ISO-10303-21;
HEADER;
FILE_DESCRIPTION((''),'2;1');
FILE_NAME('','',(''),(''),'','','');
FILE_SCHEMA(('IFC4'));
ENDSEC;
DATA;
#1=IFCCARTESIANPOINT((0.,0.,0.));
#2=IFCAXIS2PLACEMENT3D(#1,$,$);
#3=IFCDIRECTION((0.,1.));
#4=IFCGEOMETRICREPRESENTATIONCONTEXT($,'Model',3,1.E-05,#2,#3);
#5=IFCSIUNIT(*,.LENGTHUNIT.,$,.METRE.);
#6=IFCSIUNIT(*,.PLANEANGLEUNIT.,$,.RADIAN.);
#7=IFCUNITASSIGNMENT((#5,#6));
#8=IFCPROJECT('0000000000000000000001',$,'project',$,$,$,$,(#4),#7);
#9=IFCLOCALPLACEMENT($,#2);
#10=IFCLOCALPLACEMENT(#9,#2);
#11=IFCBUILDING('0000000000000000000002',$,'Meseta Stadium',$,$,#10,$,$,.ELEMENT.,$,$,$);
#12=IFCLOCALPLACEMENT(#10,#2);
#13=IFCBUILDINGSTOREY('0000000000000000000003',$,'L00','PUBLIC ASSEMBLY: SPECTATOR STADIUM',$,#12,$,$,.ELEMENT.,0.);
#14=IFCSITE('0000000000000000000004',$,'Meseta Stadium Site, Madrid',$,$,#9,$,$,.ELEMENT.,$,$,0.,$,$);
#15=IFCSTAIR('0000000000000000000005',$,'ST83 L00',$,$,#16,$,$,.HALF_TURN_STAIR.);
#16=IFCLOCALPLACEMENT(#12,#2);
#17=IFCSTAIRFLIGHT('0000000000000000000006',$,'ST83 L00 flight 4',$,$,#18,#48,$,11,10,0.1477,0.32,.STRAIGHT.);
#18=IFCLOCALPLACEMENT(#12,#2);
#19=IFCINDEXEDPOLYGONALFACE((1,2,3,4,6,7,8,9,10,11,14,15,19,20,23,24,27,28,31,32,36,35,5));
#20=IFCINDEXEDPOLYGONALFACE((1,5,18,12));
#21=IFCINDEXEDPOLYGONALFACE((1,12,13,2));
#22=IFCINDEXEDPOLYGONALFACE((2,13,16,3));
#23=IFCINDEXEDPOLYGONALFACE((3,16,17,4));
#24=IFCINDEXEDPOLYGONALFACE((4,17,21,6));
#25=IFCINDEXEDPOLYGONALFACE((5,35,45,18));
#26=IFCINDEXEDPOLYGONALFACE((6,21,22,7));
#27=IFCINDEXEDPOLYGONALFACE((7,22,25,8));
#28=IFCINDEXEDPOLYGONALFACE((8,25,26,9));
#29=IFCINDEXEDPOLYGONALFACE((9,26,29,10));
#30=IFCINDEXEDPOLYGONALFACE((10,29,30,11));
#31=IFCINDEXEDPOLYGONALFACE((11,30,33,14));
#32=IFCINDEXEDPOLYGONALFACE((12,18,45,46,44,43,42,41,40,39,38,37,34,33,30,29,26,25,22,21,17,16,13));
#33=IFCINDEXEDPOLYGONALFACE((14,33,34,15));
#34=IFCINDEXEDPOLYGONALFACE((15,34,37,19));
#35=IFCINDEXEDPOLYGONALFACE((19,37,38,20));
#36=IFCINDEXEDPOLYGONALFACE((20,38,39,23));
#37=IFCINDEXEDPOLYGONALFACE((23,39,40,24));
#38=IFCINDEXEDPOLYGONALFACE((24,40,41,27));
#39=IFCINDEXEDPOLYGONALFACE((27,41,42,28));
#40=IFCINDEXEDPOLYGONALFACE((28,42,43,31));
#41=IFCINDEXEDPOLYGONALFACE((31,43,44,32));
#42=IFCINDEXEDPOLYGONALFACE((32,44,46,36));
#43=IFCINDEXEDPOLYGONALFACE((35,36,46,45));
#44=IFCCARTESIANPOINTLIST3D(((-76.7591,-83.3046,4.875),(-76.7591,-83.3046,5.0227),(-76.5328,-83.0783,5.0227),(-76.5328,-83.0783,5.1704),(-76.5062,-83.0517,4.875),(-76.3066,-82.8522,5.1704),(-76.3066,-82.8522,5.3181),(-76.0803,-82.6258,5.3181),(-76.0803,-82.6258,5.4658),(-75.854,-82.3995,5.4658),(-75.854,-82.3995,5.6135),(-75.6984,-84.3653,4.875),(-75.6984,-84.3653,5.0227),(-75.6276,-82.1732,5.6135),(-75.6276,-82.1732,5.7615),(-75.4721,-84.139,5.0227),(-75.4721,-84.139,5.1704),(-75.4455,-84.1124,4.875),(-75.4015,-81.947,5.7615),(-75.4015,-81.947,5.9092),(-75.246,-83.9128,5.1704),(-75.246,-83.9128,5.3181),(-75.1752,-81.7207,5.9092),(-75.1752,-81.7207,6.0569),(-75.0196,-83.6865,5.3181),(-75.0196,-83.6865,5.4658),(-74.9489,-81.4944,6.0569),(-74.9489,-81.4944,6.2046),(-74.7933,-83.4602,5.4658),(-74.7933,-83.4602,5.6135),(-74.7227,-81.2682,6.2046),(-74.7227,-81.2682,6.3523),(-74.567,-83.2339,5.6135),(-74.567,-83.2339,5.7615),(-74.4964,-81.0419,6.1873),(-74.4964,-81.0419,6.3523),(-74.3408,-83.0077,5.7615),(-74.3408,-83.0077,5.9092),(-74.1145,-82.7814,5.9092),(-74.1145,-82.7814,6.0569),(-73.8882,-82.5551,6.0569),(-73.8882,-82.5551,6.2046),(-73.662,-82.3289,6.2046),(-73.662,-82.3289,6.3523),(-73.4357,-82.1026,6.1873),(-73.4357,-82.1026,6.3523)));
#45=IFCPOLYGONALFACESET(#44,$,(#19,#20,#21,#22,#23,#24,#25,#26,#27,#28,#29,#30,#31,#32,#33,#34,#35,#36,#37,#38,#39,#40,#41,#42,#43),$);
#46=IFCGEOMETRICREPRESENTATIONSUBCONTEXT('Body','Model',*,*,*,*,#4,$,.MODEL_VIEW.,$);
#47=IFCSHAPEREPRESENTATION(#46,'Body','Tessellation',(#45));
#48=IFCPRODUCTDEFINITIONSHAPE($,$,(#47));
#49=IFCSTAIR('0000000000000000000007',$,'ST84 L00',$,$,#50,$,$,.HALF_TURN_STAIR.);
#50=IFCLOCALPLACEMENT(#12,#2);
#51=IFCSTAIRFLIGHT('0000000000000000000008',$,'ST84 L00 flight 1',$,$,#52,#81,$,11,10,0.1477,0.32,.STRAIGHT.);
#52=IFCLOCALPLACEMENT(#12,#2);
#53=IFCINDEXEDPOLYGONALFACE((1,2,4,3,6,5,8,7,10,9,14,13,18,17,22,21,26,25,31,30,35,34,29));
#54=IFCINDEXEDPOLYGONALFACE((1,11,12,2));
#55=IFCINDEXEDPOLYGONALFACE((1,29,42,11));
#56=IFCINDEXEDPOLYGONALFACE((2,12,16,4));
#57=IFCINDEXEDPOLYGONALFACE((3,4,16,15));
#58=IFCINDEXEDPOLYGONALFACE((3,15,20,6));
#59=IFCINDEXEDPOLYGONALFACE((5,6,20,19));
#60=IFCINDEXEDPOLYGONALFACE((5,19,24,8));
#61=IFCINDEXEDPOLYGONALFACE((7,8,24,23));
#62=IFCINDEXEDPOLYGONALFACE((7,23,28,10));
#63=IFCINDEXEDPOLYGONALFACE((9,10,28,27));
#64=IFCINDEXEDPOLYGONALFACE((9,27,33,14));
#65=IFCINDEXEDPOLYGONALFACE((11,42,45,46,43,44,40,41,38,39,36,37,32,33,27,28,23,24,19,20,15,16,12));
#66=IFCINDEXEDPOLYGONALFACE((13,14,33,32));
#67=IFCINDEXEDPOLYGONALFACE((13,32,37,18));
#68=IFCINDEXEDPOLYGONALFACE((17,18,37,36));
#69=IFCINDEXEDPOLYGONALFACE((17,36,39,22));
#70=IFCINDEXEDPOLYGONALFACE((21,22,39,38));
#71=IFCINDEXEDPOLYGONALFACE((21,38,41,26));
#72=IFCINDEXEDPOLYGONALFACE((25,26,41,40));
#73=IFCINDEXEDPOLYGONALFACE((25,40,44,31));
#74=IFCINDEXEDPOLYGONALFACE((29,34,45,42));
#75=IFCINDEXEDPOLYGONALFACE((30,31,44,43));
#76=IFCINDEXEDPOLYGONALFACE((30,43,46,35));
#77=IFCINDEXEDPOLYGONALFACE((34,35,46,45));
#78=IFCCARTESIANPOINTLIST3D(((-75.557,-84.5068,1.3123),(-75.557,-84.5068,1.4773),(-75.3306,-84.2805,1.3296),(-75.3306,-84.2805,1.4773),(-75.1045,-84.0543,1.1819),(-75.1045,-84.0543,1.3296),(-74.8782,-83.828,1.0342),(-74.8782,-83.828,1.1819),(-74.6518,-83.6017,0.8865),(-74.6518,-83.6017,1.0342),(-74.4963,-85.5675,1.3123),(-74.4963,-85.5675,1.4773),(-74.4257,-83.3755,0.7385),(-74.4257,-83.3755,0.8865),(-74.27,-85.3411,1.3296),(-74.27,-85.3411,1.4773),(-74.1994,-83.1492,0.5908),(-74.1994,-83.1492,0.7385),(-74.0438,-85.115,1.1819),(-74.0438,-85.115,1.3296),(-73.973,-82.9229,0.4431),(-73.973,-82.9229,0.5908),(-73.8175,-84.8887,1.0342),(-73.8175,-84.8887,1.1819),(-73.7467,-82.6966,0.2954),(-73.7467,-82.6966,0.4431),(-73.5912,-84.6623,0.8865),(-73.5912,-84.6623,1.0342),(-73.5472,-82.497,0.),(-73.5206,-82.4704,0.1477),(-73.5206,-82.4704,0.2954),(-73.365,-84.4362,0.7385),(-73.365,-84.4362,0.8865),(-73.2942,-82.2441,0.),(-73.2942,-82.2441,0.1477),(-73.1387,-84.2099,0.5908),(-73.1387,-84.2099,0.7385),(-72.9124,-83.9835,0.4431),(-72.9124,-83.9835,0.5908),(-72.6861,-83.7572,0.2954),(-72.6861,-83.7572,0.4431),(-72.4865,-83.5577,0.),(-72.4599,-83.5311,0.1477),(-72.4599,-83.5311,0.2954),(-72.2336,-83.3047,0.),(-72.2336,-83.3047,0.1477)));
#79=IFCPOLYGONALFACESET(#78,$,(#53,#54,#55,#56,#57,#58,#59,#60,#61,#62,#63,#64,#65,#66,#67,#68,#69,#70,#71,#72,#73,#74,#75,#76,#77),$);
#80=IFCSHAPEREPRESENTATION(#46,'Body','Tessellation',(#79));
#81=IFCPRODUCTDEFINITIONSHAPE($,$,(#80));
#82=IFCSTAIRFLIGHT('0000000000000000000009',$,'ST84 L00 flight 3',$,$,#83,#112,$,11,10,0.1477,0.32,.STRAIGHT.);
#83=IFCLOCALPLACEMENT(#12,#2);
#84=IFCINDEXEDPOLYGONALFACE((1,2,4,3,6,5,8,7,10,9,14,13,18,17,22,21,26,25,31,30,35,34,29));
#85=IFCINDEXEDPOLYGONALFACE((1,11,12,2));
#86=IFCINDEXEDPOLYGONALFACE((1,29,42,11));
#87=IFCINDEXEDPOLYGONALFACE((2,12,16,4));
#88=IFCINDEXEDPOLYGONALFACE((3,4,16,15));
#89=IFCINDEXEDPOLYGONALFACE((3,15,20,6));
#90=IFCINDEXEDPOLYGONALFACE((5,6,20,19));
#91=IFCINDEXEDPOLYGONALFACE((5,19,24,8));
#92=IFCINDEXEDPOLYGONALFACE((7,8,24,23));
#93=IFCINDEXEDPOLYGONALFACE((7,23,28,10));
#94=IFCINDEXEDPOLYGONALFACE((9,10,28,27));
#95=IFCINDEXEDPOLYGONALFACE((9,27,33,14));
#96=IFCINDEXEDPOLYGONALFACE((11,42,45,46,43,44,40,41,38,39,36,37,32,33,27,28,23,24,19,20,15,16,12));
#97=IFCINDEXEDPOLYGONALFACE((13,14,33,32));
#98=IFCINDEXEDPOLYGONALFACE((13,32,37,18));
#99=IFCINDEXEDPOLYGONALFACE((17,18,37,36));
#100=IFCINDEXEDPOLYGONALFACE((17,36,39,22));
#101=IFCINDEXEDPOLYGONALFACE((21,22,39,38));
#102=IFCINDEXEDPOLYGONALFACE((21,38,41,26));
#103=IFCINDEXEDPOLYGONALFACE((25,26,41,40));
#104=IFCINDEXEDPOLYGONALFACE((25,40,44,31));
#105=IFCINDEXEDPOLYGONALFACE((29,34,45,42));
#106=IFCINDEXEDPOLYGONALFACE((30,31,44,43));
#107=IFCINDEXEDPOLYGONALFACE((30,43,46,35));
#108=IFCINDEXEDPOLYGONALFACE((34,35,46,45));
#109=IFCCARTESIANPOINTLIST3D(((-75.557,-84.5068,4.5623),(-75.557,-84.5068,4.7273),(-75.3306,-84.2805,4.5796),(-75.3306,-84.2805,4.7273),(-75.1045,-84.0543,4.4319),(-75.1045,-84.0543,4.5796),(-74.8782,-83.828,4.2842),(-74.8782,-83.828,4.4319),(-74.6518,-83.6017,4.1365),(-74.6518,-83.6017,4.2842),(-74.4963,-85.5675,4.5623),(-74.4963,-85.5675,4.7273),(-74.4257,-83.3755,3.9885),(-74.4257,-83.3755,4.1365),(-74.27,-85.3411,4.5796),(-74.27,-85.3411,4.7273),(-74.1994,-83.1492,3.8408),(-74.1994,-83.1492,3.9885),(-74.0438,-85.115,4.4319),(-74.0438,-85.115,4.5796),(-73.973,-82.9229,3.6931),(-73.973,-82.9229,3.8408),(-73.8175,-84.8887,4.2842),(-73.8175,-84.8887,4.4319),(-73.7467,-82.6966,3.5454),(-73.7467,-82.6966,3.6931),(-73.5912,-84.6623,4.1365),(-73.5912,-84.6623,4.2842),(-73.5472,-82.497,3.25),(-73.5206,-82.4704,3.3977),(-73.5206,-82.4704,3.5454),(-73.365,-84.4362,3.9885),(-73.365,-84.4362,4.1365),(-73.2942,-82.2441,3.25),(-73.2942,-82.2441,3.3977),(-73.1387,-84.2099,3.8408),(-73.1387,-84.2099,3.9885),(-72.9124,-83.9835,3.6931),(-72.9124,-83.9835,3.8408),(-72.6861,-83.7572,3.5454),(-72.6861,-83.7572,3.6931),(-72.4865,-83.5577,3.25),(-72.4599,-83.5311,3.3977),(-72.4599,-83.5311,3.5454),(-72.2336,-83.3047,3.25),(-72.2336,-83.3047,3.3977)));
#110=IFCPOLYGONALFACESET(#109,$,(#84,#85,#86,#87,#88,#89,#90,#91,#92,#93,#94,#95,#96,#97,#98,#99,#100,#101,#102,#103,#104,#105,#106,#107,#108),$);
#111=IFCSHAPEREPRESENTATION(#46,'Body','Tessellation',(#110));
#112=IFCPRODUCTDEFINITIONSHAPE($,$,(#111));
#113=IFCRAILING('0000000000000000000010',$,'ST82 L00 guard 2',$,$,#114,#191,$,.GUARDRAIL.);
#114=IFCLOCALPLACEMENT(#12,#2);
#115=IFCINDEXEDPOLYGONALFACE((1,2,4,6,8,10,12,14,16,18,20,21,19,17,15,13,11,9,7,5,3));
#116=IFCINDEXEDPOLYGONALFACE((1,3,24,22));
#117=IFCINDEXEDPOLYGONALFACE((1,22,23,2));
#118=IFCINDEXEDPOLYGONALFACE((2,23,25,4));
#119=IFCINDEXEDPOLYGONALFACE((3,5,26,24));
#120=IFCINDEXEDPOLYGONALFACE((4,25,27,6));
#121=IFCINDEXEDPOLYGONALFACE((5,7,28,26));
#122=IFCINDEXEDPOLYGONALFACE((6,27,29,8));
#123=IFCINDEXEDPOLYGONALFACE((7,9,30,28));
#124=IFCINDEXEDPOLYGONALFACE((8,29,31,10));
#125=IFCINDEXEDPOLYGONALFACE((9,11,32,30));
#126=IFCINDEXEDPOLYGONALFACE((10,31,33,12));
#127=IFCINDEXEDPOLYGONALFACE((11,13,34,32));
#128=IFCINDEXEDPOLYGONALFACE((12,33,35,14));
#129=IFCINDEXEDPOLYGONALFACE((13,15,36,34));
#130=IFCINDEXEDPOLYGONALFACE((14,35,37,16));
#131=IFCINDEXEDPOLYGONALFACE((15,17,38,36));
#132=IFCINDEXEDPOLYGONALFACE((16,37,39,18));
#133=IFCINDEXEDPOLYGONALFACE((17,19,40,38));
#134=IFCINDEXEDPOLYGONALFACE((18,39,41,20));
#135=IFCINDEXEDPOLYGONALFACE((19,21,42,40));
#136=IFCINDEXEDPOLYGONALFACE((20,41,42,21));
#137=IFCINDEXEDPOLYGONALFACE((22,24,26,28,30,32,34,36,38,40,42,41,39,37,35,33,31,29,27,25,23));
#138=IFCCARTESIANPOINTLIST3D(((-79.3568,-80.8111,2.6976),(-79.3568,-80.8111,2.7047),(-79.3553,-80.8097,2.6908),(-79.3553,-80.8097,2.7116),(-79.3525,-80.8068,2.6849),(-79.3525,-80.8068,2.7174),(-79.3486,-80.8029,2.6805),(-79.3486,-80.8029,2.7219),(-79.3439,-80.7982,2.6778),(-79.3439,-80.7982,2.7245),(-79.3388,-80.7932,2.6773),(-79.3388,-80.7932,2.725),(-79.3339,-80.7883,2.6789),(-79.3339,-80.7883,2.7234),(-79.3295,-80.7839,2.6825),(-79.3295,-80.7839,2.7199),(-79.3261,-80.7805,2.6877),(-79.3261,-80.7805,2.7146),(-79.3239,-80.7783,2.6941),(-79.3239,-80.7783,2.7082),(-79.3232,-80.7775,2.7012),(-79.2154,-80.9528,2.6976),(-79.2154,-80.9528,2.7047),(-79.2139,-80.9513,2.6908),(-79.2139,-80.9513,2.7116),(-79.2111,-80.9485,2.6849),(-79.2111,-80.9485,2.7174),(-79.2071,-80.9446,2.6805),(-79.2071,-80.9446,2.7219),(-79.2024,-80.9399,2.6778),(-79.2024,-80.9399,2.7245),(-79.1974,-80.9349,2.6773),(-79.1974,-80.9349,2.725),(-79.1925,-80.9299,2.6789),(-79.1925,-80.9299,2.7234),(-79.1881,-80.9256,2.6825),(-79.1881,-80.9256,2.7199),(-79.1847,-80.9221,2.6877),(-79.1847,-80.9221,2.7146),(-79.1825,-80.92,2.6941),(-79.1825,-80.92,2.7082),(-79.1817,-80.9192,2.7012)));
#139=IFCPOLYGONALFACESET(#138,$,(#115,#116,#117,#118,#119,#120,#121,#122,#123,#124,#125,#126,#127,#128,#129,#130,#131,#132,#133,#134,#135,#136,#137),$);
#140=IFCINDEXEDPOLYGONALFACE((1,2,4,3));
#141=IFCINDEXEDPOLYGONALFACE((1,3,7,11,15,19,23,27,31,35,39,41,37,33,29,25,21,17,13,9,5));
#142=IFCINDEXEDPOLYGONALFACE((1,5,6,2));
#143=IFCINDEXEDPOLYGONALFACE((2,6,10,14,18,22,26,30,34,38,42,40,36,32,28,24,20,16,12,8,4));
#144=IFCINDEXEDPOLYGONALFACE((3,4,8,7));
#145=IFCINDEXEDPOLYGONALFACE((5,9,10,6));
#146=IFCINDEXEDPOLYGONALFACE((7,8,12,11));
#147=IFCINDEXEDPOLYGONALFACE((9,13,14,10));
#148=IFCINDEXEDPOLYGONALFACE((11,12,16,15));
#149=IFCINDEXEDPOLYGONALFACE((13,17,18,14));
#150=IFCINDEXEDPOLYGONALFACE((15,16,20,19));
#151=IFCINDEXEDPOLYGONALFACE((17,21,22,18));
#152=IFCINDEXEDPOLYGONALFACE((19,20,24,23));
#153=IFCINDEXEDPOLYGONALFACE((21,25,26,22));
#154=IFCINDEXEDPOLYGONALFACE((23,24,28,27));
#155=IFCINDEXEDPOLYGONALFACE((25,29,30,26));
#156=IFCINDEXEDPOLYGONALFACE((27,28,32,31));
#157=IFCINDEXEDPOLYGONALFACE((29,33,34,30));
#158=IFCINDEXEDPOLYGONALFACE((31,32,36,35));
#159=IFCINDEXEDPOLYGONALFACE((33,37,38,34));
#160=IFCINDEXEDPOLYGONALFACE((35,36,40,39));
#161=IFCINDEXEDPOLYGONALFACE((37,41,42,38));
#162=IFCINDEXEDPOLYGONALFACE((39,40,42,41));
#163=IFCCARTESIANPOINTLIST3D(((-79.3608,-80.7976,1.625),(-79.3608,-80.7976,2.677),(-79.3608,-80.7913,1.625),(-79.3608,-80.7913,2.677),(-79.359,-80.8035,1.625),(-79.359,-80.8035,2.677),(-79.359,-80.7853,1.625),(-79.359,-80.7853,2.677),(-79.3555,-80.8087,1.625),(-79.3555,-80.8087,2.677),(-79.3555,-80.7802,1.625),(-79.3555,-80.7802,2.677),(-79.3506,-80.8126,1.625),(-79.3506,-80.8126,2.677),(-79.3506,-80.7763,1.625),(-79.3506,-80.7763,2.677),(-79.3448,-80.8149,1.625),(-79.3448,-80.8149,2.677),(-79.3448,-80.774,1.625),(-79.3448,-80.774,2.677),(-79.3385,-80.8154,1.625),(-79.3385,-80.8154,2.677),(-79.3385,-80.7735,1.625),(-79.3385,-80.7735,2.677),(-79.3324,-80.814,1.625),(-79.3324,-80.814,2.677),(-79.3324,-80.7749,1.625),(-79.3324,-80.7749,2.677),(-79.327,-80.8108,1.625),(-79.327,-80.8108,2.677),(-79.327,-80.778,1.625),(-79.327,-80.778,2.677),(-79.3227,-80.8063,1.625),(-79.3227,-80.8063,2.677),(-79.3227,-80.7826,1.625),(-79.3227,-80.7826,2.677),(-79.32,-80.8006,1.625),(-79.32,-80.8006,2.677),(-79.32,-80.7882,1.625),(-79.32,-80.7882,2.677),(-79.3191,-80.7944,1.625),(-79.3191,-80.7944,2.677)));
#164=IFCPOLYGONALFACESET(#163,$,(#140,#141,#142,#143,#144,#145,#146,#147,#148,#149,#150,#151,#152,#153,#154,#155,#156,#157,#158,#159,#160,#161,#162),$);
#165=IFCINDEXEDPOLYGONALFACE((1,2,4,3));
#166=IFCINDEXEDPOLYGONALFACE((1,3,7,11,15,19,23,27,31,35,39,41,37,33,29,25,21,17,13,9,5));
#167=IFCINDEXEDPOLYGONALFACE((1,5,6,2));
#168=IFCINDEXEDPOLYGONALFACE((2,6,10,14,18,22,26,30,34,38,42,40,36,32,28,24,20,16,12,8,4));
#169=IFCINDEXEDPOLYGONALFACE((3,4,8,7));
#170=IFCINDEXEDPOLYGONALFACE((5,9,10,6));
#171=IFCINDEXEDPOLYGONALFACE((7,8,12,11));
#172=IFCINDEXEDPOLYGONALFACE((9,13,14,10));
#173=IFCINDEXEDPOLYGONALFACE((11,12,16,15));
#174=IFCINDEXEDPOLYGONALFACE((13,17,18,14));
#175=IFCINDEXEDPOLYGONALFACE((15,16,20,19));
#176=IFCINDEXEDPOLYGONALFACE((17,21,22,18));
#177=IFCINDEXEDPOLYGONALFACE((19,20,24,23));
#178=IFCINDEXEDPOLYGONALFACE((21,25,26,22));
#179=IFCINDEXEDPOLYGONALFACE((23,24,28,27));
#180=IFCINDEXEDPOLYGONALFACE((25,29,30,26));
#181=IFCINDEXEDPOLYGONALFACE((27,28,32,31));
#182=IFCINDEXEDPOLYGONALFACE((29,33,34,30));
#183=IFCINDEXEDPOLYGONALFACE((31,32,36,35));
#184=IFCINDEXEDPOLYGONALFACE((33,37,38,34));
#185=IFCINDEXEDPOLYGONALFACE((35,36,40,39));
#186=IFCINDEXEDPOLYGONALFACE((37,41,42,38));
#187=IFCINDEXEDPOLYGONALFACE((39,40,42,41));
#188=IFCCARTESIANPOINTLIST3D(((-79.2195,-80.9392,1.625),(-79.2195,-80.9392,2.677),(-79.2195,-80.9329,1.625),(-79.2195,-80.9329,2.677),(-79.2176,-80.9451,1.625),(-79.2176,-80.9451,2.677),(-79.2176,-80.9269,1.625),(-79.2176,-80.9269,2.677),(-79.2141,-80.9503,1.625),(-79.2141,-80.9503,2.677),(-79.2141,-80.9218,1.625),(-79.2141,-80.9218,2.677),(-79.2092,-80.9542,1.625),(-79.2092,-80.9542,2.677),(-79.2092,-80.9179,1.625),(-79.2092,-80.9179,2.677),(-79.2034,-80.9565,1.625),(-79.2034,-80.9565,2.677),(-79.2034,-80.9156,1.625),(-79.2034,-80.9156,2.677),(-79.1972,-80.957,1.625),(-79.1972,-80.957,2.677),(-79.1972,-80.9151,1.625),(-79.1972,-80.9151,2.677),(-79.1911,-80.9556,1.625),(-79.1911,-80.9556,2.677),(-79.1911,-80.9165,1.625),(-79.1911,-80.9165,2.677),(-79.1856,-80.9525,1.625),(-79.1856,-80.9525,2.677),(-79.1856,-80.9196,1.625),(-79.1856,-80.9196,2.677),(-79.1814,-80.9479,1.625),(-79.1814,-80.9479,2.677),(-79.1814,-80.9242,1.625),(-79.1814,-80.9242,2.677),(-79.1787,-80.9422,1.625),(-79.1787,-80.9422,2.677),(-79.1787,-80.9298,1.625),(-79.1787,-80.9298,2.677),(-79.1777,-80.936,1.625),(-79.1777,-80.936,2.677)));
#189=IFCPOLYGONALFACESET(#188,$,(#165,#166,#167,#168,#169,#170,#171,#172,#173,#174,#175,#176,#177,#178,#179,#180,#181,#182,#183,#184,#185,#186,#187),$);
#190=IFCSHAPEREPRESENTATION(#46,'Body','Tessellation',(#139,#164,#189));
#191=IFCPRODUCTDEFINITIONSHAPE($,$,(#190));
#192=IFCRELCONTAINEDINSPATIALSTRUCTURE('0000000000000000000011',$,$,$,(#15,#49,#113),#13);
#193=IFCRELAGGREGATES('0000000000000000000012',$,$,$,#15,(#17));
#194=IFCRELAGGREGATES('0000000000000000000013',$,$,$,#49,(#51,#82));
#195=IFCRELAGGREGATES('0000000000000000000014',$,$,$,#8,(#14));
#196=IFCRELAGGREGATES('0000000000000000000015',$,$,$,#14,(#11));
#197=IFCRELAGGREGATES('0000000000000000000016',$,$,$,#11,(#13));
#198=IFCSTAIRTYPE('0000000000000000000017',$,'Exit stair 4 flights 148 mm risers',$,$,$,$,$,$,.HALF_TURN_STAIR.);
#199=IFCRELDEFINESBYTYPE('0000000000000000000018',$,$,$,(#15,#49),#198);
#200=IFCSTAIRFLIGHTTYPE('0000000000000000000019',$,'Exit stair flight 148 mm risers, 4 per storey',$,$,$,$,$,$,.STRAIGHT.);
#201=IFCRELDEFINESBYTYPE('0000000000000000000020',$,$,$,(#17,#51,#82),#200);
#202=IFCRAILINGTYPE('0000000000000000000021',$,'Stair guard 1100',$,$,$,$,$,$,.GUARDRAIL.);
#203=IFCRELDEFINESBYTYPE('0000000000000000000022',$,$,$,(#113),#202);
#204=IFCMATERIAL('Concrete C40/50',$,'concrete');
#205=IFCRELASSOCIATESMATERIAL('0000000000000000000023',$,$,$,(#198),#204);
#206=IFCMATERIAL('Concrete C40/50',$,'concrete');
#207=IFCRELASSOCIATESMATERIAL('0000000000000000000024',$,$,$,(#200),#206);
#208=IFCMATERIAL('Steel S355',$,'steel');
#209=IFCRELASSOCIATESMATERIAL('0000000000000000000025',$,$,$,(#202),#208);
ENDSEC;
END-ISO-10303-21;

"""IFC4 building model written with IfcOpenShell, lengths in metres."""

from ifc_helpers import new_model, si_unit, direction, frame, origin, origin_2d, place, context, subcontext, project, spatial, polyline, circle, outline, extrude, material, type_object, element, aggregate, save


model = new_model("IFC4")

# Units and contexts
model_context = context("Model", 3, precision=1e-05, world=origin(), true_north=direction((0.0, 1.0)))
body_context = subcontext(model_context, "Body", "Model", "MODEL_VIEW")
ifc_project = project(units=[si_unit("LENGTHUNIT", "METRE"), si_unit("PLANEANGLEUNIT", "RADIAN")], contexts=[model_context])

# Site, building, storey
site_placement = place(None, origin())
site = spatial("IfcSite", under=ifc_project, at=site_placement, Name="Meseta Stadium Site, Madrid", CompositionType="ELEMENT", RefElevation=0.0)
building_placement = place(site_placement, origin())
building = spatial("IfcBuilding", under=site, at=building_placement, Name="Meseta Stadium", CompositionType="ELEMENT")
storey_placement = place(building_placement, origin())
storey = spatial("IfcBuildingStorey", under=building, at=storey_placement, Name="L00", Description="PUBLIC ASSEMBLY: SPECTATOR STADIUM", CompositionType="ELEMENT", Elevation=0.0)

# Stairs, stair flights
ifc_material_1 = material(Name="Concrete C40/50", Category="concrete")
stair_type = type_object("IfcStairType", Name="Exit stair 4 flights 148 mm risers", PredefinedType="HALF_TURN_STAIR", material=ifc_material_1)
ifc_material_2 = material(Name="Concrete C40/50", Category="concrete")
stair_flight_type = type_object("IfcStairFlightType", Name="Exit stair flight 148 mm risers, 4 per storey", PredefinedType="STRAIGHT", material=ifc_material_2)
stair_1_placement = place(storey_placement, origin())
stair_1 = element("IfcStair", 1, at=stair_1_placement, inside=storey, type_object=stair_type, Name="ST83 L00", PredefinedType="HALF_TURN_STAIR")
stair_flight_1_placement = place(storey_placement, frame((-76.2288, -83.835, 4.875), z_axis=(0.0, 0.0, 1.0), x_axis=(0.707107, 0.707107, 0.0)))
stair_flight_1 = element("IfcStairFlight", 2, at=stair_flight_1_placement, type_object=stair_flight_type, Name="ST83 L00 flight 4", NumberOfRisers=11, NumberOfTreads=10, PredefinedType="STRAIGHT", RiserHeight=0.1477, TreadLength=0.32, context=body_context, shape_type="SweptSolid", body=[
    extrude(outline(polyline([(0.0, 0.0), (0.0, 0.1477), (0.3201, 0.1477), (0.3201, 0.2954), (0.6399, 0.2954), (0.6399, 0.4431), (0.96, 0.4431), (0.96, 0.5908), (1.28, 0.5908), (1.28, 0.7385), (1.6001, 0.7385), (1.6001, 0.8865), (1.9199, 0.8865), (1.9199, 1.0342), (2.24, 1.0342), (2.24, 1.1819), (2.5601, 1.1819), (2.5601, 1.3296), (2.8799, 1.3296), (2.8799, 1.4773), (3.2, 1.4773), (3.2, 1.3123), (0.3577, 0.0), (0.0, 0.0)])), frame((0.0, 0.75, 0.0), z_axis=(0.0, -1.0, 0.0), x_axis=(1.0, 0.0, 0.0)), (0.0, 0.0, 1.0), 1.5),
])
aggregate(stair_1, [stair_flight_1])
stair_2_placement = place(storey_placement, origin())
stair_2 = element("IfcStair", 3, at=stair_2_placement, inside=storey, type_object=stair_type, Name="ST84 L00", PredefinedType="HALF_TURN_STAIR")
stair_flight_2_placement = place(storey_placement, frame((-72.7639, -82.7744, 0.0), z_axis=(0.0, 0.0, 1.0), x_axis=(-0.707107, -0.707107, 0.0)))
stair_flight_2 = element("IfcStairFlight", 4, at=stair_flight_2_placement, type_object=stair_flight_type, Name="ST84 L00 flight 1", NumberOfRisers=11, NumberOfTreads=10, PredefinedType="STRAIGHT", RiserHeight=0.1477, TreadLength=0.32, context=body_context, shape_type="SweptSolid", body=[
    extrude(outline(polyline([(0.0, 0.0), (0.0, 0.1477), (0.3201, 0.1477), (0.3201, 0.2954), (0.6399, 0.2954), (0.6399, 0.4431), (0.96, 0.4431), (0.96, 0.5908), (1.28, 0.5908), (1.28, 0.7385), (1.6001, 0.7385), (1.6001, 0.8865), (1.9199, 0.8865), (1.9199, 1.0342), (2.24, 1.0342), (2.24, 1.1819), (2.5601, 1.1819), (2.5601, 1.3296), (2.8799, 1.3296), (2.8799, 1.4773), (3.2, 1.4773), (3.2, 1.3123), (0.3577, 0.0), (0.0, 0.0)])), frame((0.0, 0.75, 0.0), z_axis=(0.0, -1.0, 0.0), x_axis=(1.0, 0.0, 0.0)), (0.0, 0.0, 1.0), 1.5),
])
stair_flight_3_placement = place(storey_placement, frame((-72.7639, -82.7744, 3.25), z_axis=(0.0, 0.0, 1.0), x_axis=(-0.707107, -0.707107, 0.0)))
stair_flight_3 = element("IfcStairFlight", 5, at=stair_flight_3_placement, type_object=stair_flight_type, Name="ST84 L00 flight 3", NumberOfRisers=11, NumberOfTreads=10, PredefinedType="STRAIGHT", RiserHeight=0.1477, TreadLength=0.32, context=body_context, shape_type="SweptSolid", body=[
    extrude(outline(polyline([(0.0, 0.0), (0.0, 0.1477), (0.3201, 0.1477), (0.3201, 0.2954), (0.6399, 0.2954), (0.6399, 0.4431), (0.96, 0.4431), (0.96, 0.5908), (1.28, 0.5908), (1.28, 0.7385), (1.6001, 0.7385), (1.6001, 0.8865), (1.9199, 0.8865), (1.9199, 1.0342), (2.24, 1.0342), (2.24, 1.1819), (2.5601, 1.1819), (2.5601, 1.3296), (2.8799, 1.3296), (2.8799, 1.4773), (3.2, 1.4773), (3.2, 1.3123), (0.3577, 0.0), (0.0, 0.0)])), frame((0.0, 0.75, 0.0), z_axis=(0.0, -1.0, 0.0), x_axis=(1.0, 0.0, 0.0)), (0.0, 0.0, 1.0), 1.5),
])
aggregate(stair_2, [stair_flight_2, stair_flight_3])

# Railing
ifc_material_3 = material(Name="Steel S355", Category="steel")
railing_type_1 = type_object("IfcRailingType", Name="Stair guard 1100", PredefinedType="GUARDRAIL", material=ifc_material_3)
railing_1_placement = place(storey_placement, frame((-79.3401, -80.7944, 1.625)))
element("IfcRailing", 6, at=railing_1_placement, inside=storey, type_object=railing_type_1, Name="ST82 L00 guard 2", PredefinedType="GUARDRAIL", context=body_context, shape_type="SweptSolid", body=[
    extrude(circle(Radius=0.0239, at=origin_2d()), frame((0.0, 0.0, 1.0762), z_axis=(0.706496, -0.707717, 0.0), x_axis=(0.707717, 0.706496, 0.0)), (0.0, 0.0, 1.0), 0.2002),
    extrude(circle(Radius=0.021, at=origin_2d()), origin(), (0.0, 0.0, 1.0), 1.052),
    extrude(circle(Radius=0.021, at=origin_2d()), frame((0.1414, -0.1416, 0.0)), (0.0, 0.0, 1.0), 1.052),
])

save(model, "model.ifc")
